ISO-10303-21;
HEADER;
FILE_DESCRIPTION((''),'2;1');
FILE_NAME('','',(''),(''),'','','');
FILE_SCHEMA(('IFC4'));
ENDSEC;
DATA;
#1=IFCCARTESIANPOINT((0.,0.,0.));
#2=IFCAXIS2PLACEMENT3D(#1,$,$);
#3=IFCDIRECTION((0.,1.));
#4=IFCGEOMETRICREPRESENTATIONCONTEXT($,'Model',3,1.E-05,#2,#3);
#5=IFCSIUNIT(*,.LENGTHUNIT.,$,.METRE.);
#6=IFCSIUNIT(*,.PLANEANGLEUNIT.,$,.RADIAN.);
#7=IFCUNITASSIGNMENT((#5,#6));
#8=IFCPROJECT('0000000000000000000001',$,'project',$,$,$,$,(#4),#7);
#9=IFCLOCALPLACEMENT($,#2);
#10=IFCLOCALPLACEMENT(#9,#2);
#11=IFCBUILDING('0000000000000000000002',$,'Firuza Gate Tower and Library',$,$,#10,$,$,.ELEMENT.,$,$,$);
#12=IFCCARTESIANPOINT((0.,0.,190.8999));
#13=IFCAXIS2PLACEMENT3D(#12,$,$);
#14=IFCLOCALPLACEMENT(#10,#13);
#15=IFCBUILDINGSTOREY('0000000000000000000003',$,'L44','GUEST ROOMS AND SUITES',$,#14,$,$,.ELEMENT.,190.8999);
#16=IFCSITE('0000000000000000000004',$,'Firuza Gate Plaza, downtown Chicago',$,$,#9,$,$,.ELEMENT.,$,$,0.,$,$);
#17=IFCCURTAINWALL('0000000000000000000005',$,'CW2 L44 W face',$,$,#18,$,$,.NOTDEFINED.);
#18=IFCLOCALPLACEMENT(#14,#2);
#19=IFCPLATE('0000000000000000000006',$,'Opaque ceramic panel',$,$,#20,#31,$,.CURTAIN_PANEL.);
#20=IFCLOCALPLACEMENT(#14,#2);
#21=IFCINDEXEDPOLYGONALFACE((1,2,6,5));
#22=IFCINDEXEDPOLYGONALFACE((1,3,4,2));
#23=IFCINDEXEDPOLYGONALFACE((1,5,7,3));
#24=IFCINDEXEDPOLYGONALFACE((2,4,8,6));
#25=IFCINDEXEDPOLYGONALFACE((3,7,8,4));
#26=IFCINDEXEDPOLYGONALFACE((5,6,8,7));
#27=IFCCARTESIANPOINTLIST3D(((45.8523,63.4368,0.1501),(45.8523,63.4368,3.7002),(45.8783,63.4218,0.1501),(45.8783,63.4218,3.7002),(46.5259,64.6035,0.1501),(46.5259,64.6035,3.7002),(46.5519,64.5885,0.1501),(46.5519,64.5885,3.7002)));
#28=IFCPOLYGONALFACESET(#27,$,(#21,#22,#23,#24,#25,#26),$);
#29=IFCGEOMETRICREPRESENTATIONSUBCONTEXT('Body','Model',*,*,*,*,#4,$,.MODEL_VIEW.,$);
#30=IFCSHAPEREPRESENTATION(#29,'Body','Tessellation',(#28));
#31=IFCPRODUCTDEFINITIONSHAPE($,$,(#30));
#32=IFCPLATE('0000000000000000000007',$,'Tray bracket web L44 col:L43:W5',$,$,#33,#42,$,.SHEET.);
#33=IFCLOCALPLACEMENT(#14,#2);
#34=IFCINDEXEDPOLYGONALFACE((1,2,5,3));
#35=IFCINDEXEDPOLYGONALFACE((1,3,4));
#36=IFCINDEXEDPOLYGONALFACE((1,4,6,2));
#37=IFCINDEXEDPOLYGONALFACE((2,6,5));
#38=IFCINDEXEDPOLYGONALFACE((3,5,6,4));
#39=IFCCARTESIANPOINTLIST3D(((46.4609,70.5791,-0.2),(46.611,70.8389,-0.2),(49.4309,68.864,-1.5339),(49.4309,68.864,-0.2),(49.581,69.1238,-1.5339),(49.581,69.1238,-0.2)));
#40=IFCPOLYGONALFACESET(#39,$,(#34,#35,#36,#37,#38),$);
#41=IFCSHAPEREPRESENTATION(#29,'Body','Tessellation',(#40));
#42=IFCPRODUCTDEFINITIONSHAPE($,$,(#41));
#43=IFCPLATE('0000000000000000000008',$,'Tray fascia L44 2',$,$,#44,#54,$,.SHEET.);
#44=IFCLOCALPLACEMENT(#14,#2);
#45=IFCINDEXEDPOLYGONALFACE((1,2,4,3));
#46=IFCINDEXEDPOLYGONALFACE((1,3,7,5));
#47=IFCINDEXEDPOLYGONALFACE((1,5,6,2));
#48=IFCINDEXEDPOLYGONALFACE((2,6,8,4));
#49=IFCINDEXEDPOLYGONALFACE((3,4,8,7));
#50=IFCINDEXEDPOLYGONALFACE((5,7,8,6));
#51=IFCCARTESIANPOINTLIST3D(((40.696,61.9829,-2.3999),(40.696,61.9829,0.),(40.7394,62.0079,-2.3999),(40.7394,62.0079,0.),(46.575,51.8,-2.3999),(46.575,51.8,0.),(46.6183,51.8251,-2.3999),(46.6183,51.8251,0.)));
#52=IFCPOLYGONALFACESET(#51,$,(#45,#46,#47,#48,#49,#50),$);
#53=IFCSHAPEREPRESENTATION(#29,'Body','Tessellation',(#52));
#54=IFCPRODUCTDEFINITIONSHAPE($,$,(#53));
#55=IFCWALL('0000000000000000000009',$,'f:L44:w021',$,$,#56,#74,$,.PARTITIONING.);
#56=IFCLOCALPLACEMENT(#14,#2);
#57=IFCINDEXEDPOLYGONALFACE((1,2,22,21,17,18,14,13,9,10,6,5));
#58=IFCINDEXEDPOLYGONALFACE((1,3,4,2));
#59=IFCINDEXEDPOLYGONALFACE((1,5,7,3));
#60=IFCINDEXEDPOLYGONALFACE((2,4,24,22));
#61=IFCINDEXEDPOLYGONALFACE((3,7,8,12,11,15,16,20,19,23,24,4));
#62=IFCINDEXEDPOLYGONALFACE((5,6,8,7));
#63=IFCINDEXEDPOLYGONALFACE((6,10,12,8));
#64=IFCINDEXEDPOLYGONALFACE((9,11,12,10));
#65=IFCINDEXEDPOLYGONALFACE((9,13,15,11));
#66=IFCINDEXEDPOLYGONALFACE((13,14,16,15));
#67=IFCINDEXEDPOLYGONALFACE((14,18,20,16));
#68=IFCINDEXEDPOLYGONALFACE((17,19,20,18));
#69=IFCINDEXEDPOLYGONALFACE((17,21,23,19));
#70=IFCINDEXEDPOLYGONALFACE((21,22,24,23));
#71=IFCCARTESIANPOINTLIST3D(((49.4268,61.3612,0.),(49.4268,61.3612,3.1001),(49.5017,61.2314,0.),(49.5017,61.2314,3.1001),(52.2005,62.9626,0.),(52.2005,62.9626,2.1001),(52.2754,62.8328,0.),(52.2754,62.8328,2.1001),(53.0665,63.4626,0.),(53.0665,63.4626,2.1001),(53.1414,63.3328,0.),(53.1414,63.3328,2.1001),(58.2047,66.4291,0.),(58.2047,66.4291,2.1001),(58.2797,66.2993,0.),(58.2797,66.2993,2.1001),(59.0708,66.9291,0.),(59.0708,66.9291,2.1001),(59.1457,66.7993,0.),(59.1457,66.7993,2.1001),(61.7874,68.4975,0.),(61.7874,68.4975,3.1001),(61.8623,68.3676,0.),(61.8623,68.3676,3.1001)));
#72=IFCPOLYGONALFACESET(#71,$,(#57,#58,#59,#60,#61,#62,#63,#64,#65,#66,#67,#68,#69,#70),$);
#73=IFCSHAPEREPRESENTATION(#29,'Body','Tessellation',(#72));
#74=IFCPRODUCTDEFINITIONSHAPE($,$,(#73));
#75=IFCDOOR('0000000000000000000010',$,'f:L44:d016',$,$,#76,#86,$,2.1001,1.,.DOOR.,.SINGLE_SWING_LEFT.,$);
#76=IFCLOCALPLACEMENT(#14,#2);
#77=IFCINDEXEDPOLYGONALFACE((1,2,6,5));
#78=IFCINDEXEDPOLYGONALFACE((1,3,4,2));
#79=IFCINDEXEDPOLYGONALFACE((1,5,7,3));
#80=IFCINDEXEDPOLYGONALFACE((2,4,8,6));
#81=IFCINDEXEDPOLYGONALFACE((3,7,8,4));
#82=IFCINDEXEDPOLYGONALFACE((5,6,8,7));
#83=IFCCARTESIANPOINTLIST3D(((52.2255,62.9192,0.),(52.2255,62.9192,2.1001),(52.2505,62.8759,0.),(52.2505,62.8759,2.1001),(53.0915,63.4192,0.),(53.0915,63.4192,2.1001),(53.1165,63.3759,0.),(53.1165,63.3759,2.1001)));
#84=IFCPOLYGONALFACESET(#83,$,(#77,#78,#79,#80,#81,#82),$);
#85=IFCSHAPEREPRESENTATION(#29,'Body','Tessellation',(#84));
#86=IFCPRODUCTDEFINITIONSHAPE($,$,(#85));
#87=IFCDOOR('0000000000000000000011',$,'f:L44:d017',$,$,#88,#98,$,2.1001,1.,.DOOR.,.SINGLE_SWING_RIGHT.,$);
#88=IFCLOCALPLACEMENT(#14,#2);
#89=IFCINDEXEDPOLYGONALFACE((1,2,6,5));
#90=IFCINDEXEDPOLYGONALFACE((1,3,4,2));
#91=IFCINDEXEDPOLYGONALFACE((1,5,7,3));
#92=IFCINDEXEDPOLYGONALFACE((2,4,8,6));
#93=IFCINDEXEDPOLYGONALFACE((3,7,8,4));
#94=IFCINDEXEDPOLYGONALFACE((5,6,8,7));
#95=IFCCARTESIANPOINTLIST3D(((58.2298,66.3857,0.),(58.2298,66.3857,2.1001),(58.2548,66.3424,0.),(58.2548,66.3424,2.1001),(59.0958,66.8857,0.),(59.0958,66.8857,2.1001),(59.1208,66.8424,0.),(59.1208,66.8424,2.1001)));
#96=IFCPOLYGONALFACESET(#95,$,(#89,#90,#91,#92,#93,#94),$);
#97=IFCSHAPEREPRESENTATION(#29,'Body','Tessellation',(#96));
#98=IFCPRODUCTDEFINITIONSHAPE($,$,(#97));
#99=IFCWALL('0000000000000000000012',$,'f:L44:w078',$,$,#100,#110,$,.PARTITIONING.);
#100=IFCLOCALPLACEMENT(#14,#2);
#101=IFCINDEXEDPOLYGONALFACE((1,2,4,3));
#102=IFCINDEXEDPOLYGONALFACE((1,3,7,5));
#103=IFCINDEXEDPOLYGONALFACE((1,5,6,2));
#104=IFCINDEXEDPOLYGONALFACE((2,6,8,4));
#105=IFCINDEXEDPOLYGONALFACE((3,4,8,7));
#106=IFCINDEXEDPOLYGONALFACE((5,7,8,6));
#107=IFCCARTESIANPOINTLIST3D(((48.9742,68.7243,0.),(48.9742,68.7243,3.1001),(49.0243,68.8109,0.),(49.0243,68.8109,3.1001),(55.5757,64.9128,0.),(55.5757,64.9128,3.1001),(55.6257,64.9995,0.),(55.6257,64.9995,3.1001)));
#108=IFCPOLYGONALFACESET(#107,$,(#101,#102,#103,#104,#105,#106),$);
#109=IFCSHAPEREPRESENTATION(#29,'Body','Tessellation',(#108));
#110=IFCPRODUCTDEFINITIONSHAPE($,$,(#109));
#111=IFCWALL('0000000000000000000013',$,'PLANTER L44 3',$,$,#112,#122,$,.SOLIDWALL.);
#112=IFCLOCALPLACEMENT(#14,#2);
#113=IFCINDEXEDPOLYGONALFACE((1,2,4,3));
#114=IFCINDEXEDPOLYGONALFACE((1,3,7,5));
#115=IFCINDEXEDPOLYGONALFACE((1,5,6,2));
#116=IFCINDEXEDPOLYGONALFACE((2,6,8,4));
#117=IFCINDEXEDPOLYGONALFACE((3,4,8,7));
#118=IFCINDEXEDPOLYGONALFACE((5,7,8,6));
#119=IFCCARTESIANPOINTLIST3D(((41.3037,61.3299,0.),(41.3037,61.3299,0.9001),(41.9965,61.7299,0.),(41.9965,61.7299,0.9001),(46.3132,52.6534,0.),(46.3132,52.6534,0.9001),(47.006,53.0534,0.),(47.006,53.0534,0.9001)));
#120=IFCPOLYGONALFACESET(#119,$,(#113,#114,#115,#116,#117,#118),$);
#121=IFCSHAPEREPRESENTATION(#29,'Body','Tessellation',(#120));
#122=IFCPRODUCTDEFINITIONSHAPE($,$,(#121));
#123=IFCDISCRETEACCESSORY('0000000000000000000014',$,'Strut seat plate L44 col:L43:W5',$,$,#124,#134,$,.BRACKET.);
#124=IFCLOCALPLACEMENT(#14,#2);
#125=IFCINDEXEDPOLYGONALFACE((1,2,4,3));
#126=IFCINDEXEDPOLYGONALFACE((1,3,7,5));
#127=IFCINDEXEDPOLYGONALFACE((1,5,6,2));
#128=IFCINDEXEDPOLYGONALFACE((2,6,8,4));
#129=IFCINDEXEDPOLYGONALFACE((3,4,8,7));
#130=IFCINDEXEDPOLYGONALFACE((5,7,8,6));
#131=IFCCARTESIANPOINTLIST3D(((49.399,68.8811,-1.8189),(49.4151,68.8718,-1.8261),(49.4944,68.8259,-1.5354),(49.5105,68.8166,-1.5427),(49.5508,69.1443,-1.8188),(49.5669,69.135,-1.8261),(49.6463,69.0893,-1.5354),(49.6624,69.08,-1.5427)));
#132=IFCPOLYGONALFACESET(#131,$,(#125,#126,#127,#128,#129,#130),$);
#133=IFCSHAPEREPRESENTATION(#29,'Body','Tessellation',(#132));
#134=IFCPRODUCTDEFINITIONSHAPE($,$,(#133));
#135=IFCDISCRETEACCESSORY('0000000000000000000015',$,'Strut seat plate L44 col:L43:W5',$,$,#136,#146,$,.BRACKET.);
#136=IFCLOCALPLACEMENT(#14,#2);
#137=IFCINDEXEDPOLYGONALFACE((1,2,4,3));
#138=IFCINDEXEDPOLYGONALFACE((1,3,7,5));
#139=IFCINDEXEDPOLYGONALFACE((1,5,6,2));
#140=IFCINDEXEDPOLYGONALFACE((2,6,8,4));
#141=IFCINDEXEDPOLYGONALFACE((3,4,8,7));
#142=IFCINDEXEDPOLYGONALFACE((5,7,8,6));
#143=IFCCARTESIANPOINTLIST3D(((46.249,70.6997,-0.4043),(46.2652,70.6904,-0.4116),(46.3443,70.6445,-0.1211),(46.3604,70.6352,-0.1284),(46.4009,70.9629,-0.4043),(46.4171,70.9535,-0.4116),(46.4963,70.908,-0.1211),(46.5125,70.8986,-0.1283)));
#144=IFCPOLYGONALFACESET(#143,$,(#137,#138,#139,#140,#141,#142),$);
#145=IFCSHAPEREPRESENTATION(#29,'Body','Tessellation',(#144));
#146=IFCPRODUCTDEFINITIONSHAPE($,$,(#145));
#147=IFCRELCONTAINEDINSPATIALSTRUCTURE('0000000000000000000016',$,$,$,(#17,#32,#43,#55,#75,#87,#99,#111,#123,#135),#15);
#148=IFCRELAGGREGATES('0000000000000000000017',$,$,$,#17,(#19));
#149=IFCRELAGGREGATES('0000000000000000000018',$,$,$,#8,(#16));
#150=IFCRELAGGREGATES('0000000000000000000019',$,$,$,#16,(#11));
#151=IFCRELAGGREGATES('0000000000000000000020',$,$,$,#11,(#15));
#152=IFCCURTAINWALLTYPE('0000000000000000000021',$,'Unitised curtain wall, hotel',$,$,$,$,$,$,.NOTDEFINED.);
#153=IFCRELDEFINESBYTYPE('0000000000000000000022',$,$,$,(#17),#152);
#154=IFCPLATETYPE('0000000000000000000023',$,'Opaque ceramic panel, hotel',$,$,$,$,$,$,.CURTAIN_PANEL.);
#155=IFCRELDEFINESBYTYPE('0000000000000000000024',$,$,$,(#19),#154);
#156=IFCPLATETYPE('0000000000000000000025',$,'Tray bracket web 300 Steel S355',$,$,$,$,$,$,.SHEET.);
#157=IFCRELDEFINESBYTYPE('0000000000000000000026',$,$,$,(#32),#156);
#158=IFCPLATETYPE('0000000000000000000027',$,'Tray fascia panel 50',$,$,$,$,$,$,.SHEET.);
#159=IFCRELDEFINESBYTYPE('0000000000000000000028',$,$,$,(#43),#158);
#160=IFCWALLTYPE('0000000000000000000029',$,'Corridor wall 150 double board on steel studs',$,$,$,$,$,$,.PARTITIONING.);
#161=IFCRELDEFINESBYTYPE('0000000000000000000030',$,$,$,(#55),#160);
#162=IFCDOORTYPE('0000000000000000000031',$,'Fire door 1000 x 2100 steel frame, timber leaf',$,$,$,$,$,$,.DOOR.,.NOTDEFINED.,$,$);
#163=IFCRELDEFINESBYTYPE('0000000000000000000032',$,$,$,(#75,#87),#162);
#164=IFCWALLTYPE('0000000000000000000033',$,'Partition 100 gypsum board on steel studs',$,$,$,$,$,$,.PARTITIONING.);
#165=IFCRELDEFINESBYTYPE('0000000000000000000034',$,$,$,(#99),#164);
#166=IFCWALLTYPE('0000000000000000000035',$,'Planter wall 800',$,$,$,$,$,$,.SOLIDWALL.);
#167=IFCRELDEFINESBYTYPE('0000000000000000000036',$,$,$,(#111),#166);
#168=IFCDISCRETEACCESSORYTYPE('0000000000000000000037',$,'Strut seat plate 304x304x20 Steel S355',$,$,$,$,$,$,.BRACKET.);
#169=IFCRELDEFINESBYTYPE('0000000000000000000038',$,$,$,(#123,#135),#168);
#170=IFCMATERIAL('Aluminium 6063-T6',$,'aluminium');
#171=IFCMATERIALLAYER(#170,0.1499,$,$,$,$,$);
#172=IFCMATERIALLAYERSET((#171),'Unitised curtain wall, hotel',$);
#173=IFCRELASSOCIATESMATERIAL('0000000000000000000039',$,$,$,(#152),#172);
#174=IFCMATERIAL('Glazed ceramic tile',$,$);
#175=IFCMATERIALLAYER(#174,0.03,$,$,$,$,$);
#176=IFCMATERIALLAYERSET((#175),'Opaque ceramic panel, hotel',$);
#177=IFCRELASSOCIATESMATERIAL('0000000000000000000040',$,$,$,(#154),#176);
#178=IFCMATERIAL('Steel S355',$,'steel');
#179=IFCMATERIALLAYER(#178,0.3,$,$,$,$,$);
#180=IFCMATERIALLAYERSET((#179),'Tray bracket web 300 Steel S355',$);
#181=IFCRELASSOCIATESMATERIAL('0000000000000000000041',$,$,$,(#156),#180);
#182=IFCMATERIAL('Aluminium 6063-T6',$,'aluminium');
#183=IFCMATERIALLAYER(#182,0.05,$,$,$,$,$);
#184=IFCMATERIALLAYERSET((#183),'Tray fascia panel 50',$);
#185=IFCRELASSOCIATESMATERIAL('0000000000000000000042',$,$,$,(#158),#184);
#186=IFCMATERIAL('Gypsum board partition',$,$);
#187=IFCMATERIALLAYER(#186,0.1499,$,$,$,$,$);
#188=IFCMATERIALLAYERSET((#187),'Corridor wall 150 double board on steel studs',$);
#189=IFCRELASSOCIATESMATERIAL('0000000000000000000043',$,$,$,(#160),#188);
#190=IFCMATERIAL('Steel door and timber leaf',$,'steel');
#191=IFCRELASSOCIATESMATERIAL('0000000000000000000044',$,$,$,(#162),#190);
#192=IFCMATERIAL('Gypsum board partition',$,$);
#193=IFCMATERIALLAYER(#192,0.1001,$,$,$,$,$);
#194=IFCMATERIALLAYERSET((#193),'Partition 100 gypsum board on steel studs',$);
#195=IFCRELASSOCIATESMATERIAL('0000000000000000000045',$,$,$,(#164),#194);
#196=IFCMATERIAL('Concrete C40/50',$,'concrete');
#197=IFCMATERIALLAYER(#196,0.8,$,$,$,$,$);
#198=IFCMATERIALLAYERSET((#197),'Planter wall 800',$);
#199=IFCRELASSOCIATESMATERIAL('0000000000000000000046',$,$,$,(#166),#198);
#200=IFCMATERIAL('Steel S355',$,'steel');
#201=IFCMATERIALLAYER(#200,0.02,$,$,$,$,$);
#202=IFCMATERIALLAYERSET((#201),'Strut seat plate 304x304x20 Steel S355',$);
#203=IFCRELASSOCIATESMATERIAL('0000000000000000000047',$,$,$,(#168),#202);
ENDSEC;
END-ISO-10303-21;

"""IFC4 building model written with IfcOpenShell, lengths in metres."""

from ifc_helpers import new_model, si_unit, direction, frame, frame_2d, origin, place, context, subcontext, project, spatial, polyline, rectangle, outline, extrude, material, layer, layer_set, type_object, element, fill, aggregate, save


model = new_model("IFC4")

# Units and contexts
model_context = context("Model", 3, precision=1e-05, world=origin(), true_north=direction((0.0, 1.0)))
body_context = subcontext(model_context, "Body", "Model", "MODEL_VIEW")
ifc_project = project(units=[si_unit("LENGTHUNIT", "METRE"), si_unit("PLANEANGLEUNIT", "RADIAN")], contexts=[model_context])

# Site, building, storey
site_placement = place(None, origin())
site = spatial("IfcSite", under=ifc_project, at=site_placement, Name="Firuza Gate Plaza, downtown Chicago", CompositionType="ELEMENT", RefElevation=0.0)
building_placement = place(site_placement, origin())
building = spatial("IfcBuilding", under=site, at=building_placement, Name="Firuza Gate Tower and Library", CompositionType="ELEMENT")
storey_placement = place(building_placement, frame((0.0, 0.0, 190.8999)))
storey = spatial("IfcBuildingStorey", under=building, at=storey_placement, Name="L44", Description="GUEST ROOMS AND SUITES", CompositionType="ELEMENT", Elevation=190.8999)

# Shared definitions
placement = place(storey_placement, origin())

# Curtain wall
ifc_material_1 = material(Name="Aluminium 6063-T6", Category="aluminium")
ifc_layer_1 = layer(ifc_material_1, 0.1499)
ifc_layer_set_1 = layer_set([ifc_layer_1], Name="Unitised curtain wall, hotel")
curtain_wall_type_1 = type_object("IfcCurtainWallType", Name="Unitised curtain wall, hotel", PredefinedType="NOTDEFINED", material=ifc_layer_set_1)
curtain_wall_1 = element("IfcCurtainWall", 1, at=placement, inside=storey, type_object=curtain_wall_type_1, Name="CW2 L44 W face", PredefinedType="NOTDEFINED")

# Plate
ifc_material_2 = material(Name="Glazed ceramic tile")
ifc_layer_2 = layer(ifc_material_2, 0.03)
ifc_layer_set_2 = layer_set([ifc_layer_2], Name="Opaque ceramic panel, hotel")
plate_type_1 = type_object("IfcPlateType", Name="Opaque ceramic panel, hotel", PredefinedType="CURTAIN_PANEL", material=ifc_layer_set_2)
plate_1_placement = place(storey_placement, frame((46.5259, 64.6035, 0.1501), z_axis=(-0.866038, 0.499979, 0.0), x_axis=(-0.499979, -0.866038, 0.0)))
plate_1 = element("IfcPlate", 2, at=plate_1_placement, type_object=plate_type_1, Name="Opaque ceramic panel", PredefinedType="CURTAIN_PANEL", context=body_context, shape_type="SweptSolid", body=[
    extrude(outline(polyline([(0.0, 0.0), (1.3472, 0.0), (1.3472, 3.55), (0.0, 3.55), (0.0, 0.0)])), origin(), (0.0, 0.0, -1.0), 0.03),
])
aggregate(curtain_wall_1, [plate_1])

# Plates
ifc_material_3 = material(Name="Steel S355", Category="steel")
ifc_layer_3 = layer(ifc_material_3, 0.3)
ifc_layer_set_3 = layer_set([ifc_layer_3], Name="Tray bracket web 300 Steel S355")
plate_type_2 = type_object("IfcPlateType", Name="Tray bracket web 300 Steel S355", PredefinedType="SHEET", material=ifc_layer_set_3)
plate_2_placement = place(storey_placement, frame((49.4309, 68.864, -0.2), z_axis=(-0.500082, -0.865978, 0.0), x_axis=(-0.865978, 0.500082, 0.0)))
element("IfcPlate", 3, at=plate_2_placement, inside=storey, type_object=plate_type_2, Name="Tray bracket web L44 col:L43:W5", PredefinedType="SHEET", context=body_context, shape_type="SweptSolid", body=[
    extrude(outline(polyline([(0.0, 0.0), (3.4296, 0.0), (0.0, 1.334), (0.0, 0.0)])), origin(), (0.0, 0.0, -1.0), 0.3),
])
ifc_material_4 = material(Name="Aluminium 6063-T6", Category="aluminium")
ifc_layer_4 = layer(ifc_material_4, 0.05)
ifc_layer_set_4 = layer_set([ifc_layer_4], Name="Tray fascia panel 50")
plate_type_3 = type_object("IfcPlateType", Name="Tray fascia panel 50", PredefinedType="SHEET", material=ifc_layer_set_4)
plate_3_placement = place(storey_placement, frame((40.696, 61.9829, -2.3999), z_axis=(-0.866032, -0.499989, 0.0), x_axis=(0.499989, -0.866032, 0.0)))
element("IfcPlate", 4, at=plate_3_placement, inside=storey, type_object=plate_type_3, Name="Tray fascia L44 2", PredefinedType="SHEET", context=body_context, shape_type="SweptSolid", body=[
    extrude(outline(polyline([(0.0, 0.0), (11.7581, 0.0), (11.7581, 2.3999), (0.0, 2.3999), (0.0, 0.0)])), origin(), (0.0, 0.0, -1.0), 0.05),
])

# Wall, openings, doors
ifc_material_5 = material(Name="Gypsum board partition")
ifc_layer_5 = layer(ifc_material_5, 0.1499)
ifc_layer_set_5 = layer_set([ifc_layer_5], Name="Corridor wall 150 double board on steel studs")
wall_type_1 = type_object("IfcWallType", Name="Corridor wall 150 double board on steel studs", PredefinedType="PARTITIONING", material=ifc_layer_set_5)
wall_1_placement = place(storey_placement, frame((49.4644, 61.2964, 0.0), z_axis=(0.0, 0.0, 1.0), x_axis=(0.86603, 0.499991, 0.0)))
wall_1 = element("IfcWall", 5, at=wall_1_placement, inside=storey, type_object=wall_type_1, Name="f:L44:w021", PredefinedType="PARTITIONING", context=body_context, shape_type="SweptSolid", body=[
    extrude(rectangle(XDim=14.2727, YDim=0.1499, at=frame_2d((7.1362, 0.0))), origin(), (0.0, 0.0, 1.0), 3.1001),
])
opening_1_placement = place(wall_1_placement, frame((3.2026, 0.0, 0.0)))
opening_1 = element("IfcOpeningElement", 6, at=opening_1_placement, cuts=wall_1, PredefinedType="OPENING", context=body_context, shape_type="SweptSolid", body=[
    extrude(rectangle(XDim=1.0, YDim=2.1001, at=frame_2d((0.5, 1.05))), frame((0.0, 0.085, 0.0), z_axis=(0.0, -1.0, 0.0), x_axis=(1.0, 0.0, 0.0)), (0.0, 0.0, 1.0), 0.1699),
])
opening_2_placement = place(wall_1_placement, frame((10.1357, 0.0, 0.0)))
opening_2 = element("IfcOpeningElement", 7, at=opening_2_placement, cuts=wall_1, PredefinedType="OPENING", context=body_context, shape_type="SweptSolid", body=[
    extrude(rectangle(XDim=1.0, YDim=2.1001, at=frame_2d((0.5, 1.05))), frame((0.0, 0.085, 0.0), z_axis=(0.0, -1.0, 0.0), x_axis=(1.0, 0.0, 0.0)), (0.0, 0.0, 1.0), 0.1699),
])
ifc_material_6 = material(Name="Steel door and timber leaf", Category="steel")
door_type = type_object("IfcDoorType", Name="Fire door 1000 x 2100 steel frame, timber leaf", OperationType="NOTDEFINED", PredefinedType="DOOR", material=ifc_material_6)
door_1_placement = place(opening_1_placement, origin())
door_1 = element("IfcDoor", 8, at=door_1_placement, inside=storey, type_object=door_type, Name="f:L44:d016", OperationType="SINGLE_SWING_LEFT", OverallHeight=2.1001, OverallWidth=1.0, PredefinedType="DOOR", context=body_context, shape_type="SweptSolid", body=[
    extrude(rectangle(XDim=1.0, YDim=2.1001, at=frame_2d((0.5, 1.05))), frame((0.0, 0.0249, 0.0), z_axis=(0.0, -1.0, 0.0), x_axis=(1.0, 0.0, 0.0)), (0.0, 0.0, 1.0), 0.05),
])
fill(opening_1, door_1)
door_2_placement = place(opening_2_placement, origin())
door_2 = element("IfcDoor", 9, at=door_2_placement, inside=storey, type_object=door_type, Name="f:L44:d017", OperationType="SINGLE_SWING_RIGHT", OverallHeight=2.1001, OverallWidth=1.0, PredefinedType="DOOR", context=body_context, shape_type="SweptSolid", body=[
    extrude(rectangle(XDim=1.0, YDim=2.1001, at=frame_2d((0.5, 1.05))), frame((0.0, 0.0249, 0.0), z_axis=(0.0, -1.0, 0.0), x_axis=(1.0, 0.0, 0.0)), (0.0, 0.0, 1.0), 0.05),
])
fill(opening_2, door_2)

# Walls
ifc_material_7 = material(Name="Gypsum board partition")
ifc_layer_6 = layer(ifc_material_7, 0.1001)
ifc_layer_set_6 = layer_set([ifc_layer_6], Name="Partition 100 gypsum board on steel studs")
wall_type_2 = type_object("IfcWallType", Name="Partition 100 gypsum board on steel studs", PredefinedType="PARTITIONING", material=ifc_layer_set_6)
wall_2_placement = place(storey_placement, frame((55.6008, 64.9561, 0.0), z_axis=(0.0, 0.0, 1.0), x_axis=(-0.866019, 0.500011, 0.0)))
element("IfcWall", 10, at=wall_2_placement, inside=storey, type_object=wall_type_2, Name="f:L44:w078", PredefinedType="PARTITIONING", context=body_context, shape_type="SweptSolid", body=[
    extrude(rectangle(XDim=7.6228, YDim=0.1001, at=frame_2d((3.8115, 0.0))), origin(), (0.0, 0.0, 1.0), 3.1001),
])
ifc_material_8 = material(Name="Concrete C40/50", Category="concrete")
ifc_layer_7 = layer(ifc_material_8, 0.8)
ifc_layer_set_7 = layer_set([ifc_layer_7], Name="Planter wall 800")
wall_type_3 = type_object("IfcWallType", Name="Planter wall 800", PredefinedType="SOLIDWALL", material=ifc_layer_set_7)
wall_3_placement = place(storey_placement, frame((41.6501, 61.5298, 0.0), z_axis=(0.0, 0.0, 1.0), x_axis=(0.50001, -0.86602, 0.0)))
element("IfcWall", 11, at=wall_3_placement, inside=storey, type_object=wall_type_3, Name="PLANTER L44 3", PredefinedType="SOLIDWALL", context=body_context, shape_type="SweptSolid", body=[
    extrude(rectangle(XDim=10.0188, YDim=0.8, at=frame_2d((5.0093, 0.0))), origin(), (0.0, 0.0, 1.0), 0.9001),
])

# Discrete accessories
ifc_material_9 = material(Name="Steel S355", Category="steel")
ifc_layer_8 = layer(ifc_material_9, 0.02)
ifc_layer_set_8 = layer_set([ifc_layer_8], Name="Strut seat plate 304x304x20 Steel S355")
discrete_accessory_type = type_object("IfcDiscreteAccessoryType", Name="Strut seat plate 304x304x20 Steel S355", PredefinedType="BRACKET", material=ifc_layer_set_8)
discrete_accessory_1_placement = place(storey_placement, frame((49.4944, 68.8259, -1.5354), z_axis=(-0.807389, 0.465643, 0.362353), x_axis=(0.499572, 0.866272, -0.000068)))
element("IfcDiscreteAccessory", 12, at=discrete_accessory_1_placement, inside=storey, type_object=discrete_accessory_type, Name="Strut seat plate L44 col:L43:W5", PredefinedType="BRACKET", context=body_context, shape_type="SweptSolid", body=[
    extrude(outline(polyline([(0.0, 0.0), (0.3041, 0.0), (0.304, 0.3041), (0.0001, 0.3041), (0.0, 0.0)])), origin(), (0.0, 0.0, -1.0), 0.02),
])
discrete_accessory_2_placement = place(storey_placement, frame((46.4963, 70.908, -0.1211), z_axis=(-0.807237, 0.46593, 0.362322), x_axis=(-0.499913, -0.866076, -0.00005)))
element("IfcDiscreteAccessory", 13, at=discrete_accessory_2_placement, inside=storey, type_object=discrete_accessory_type, Name="Strut seat plate L44 col:L43:W5", PredefinedType="BRACKET", context=body_context, shape_type="SweptSolid", body=[
    extrude(outline(polyline([(0.0, 0.0), (0.3042, 0.0), (0.304, -0.3038), (0.0002, -0.3039), (0.0, 0.0)])), origin(), (0.0, 0.0, -1.0), 0.02),
])

save(model, "model.ifc")
